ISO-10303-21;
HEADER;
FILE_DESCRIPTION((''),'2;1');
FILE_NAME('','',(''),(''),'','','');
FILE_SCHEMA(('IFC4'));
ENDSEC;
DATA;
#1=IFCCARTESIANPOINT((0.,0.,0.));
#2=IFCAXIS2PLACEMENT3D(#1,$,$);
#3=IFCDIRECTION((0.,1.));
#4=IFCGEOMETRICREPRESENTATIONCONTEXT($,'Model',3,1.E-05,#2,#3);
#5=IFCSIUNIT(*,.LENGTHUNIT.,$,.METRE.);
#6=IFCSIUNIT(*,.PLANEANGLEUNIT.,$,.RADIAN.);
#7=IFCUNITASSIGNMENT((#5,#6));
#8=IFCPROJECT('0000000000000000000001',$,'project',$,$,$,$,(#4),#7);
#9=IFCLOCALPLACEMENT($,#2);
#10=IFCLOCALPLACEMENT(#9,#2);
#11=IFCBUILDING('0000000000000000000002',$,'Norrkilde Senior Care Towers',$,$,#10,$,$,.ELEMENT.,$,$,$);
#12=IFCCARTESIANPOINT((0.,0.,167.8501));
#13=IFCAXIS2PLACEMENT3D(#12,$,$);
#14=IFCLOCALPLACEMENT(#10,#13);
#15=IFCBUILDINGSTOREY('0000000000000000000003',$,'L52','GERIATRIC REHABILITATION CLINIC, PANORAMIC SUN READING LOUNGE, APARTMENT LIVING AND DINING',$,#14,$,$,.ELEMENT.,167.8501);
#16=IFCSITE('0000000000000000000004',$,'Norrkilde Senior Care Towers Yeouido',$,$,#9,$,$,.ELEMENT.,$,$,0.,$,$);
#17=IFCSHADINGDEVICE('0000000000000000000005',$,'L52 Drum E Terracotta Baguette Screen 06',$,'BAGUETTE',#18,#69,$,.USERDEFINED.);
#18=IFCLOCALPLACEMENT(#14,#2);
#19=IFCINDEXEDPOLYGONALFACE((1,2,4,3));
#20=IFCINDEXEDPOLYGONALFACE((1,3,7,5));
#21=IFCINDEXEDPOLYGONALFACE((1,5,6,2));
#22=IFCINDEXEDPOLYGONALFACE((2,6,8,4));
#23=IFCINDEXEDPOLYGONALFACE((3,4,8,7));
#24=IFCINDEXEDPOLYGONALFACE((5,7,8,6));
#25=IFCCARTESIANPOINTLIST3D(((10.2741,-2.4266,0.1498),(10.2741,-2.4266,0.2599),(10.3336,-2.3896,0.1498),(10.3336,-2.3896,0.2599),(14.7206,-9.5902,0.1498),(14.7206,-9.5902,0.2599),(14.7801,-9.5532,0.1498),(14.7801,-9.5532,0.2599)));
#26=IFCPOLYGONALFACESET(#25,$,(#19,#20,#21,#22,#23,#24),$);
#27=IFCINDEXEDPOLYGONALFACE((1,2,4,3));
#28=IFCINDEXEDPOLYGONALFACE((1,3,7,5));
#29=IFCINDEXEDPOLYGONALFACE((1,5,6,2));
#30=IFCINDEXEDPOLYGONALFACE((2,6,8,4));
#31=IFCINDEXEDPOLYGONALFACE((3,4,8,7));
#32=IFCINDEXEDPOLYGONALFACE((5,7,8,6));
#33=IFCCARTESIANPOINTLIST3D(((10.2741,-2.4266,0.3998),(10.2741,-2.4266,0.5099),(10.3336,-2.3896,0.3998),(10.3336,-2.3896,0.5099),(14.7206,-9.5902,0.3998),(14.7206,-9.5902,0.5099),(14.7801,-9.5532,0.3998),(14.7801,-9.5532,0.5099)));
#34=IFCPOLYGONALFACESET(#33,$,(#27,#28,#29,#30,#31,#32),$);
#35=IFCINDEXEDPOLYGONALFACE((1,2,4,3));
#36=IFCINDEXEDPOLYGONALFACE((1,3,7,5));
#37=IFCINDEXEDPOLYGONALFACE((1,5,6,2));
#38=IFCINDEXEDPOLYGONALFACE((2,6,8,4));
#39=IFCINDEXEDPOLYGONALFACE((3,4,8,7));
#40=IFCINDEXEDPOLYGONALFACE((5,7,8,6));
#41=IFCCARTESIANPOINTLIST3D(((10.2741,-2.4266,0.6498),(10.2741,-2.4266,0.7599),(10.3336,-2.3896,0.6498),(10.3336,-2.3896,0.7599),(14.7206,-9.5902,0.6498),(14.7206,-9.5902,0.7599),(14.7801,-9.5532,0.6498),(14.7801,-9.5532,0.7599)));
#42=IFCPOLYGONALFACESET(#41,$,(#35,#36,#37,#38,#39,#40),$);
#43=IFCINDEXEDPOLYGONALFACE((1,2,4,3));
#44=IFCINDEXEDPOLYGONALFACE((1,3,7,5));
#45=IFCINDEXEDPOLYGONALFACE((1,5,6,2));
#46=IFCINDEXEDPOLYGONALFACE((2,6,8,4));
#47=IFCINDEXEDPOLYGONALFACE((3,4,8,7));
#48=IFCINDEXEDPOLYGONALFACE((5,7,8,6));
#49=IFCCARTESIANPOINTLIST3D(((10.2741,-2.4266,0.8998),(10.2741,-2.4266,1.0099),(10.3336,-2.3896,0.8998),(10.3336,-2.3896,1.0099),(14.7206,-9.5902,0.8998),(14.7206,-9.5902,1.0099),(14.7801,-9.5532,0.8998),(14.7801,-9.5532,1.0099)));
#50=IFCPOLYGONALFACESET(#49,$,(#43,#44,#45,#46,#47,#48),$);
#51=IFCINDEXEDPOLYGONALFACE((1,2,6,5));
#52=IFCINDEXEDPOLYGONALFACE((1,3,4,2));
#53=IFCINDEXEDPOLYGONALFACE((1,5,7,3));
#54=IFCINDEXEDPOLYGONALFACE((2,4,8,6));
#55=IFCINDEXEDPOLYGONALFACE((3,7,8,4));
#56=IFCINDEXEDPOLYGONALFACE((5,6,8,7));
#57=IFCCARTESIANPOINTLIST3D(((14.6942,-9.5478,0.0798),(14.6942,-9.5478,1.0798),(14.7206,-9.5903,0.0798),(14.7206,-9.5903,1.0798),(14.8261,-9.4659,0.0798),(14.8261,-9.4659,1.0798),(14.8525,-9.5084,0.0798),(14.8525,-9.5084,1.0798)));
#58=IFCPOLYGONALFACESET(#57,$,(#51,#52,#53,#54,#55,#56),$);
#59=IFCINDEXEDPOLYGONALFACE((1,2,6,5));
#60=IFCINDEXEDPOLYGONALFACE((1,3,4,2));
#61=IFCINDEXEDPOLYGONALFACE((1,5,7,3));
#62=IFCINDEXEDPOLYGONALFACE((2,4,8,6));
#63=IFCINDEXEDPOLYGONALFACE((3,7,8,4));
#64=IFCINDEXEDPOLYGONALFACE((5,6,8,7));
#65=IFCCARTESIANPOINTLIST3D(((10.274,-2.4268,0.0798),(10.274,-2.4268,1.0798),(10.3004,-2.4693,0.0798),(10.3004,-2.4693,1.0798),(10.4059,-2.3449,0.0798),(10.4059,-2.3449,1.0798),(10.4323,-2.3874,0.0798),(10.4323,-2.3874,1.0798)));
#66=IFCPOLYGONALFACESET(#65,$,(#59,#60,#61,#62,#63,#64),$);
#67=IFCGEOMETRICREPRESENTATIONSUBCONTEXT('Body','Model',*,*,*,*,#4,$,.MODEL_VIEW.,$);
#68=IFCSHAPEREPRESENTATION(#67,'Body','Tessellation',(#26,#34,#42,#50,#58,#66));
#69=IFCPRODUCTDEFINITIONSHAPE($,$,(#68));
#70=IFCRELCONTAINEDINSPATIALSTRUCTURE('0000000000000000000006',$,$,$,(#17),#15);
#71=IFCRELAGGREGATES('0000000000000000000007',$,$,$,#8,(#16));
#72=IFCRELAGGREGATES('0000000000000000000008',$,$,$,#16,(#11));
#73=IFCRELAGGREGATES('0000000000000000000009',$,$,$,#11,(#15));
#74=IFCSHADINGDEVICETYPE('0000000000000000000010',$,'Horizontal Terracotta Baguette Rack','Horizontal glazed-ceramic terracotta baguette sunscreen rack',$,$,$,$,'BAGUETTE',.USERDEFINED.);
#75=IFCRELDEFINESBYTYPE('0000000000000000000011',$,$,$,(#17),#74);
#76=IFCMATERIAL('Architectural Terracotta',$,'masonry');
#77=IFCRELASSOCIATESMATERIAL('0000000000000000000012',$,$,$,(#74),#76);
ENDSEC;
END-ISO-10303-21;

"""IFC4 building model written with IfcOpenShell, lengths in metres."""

from ifc_helpers import new_model, si_unit, direction, frame, origin, origin_2d, place, context, subcontext, project, spatial, rectangle, extrude, source, transform, mapped, material, type_object, type_shapes, element, save


model = new_model("IFC4")

# Units and contexts
model_context = context("Model", 3, precision=1e-05, world=origin(), true_north=direction((0.0, 1.0)))
body_context = subcontext(model_context, "Body", "Model", "MODEL_VIEW")
ifc_project = project(units=[si_unit("LENGTHUNIT", "METRE"), si_unit("PLANEANGLEUNIT", "RADIAN")], contexts=[model_context])

# Site, building, storey
site_placement = place(None, origin())
site = spatial("IfcSite", under=ifc_project, at=site_placement, Name="Norrkilde Senior Care Towers Yeouido", CompositionType="ELEMENT", RefElevation=0.0)
building_placement = place(site_placement, origin())
building = spatial("IfcBuilding", under=site, at=building_placement, Name="Norrkilde Senior Care Towers", CompositionType="ELEMENT")
storey_placement = place(building_placement, frame((0.0, 0.0, 167.8501)))
storey = spatial("IfcBuildingStorey", under=building, at=storey_placement, Name="L52", Description="GERIATRIC REHABILITATION CLINIC, PANORAMIC SUN READING LOUNGE, APARTMENT LIVING AND DINING", CompositionType="ELEMENT", Elevation=167.8501)

# Shading device
ifc_material_1 = material(Name="Architectural Terracotta", Category="masonry")
shading_device_type = type_object("IfcShadingDeviceType", Name="Horizontal Terracotta Baguette Rack", Description="Horizontal glazed-ceramic terracotta baguette sunscreen rack", ElementType="BAGUETTE", PredefinedType="USERDEFINED", material=ifc_material_1)
shared_shape_1 = source(origin(), body_context, "Body", "SweptSolid", [
    extrude(rectangle(XDim=0.0701, YDim=0.1101, at=origin_2d()), frame((0.0, 0.0901, 0.125), z_axis=(1.0, 0.0, 0.0), x_axis=(0.0, 1.0, 0.0)), (0.0, 0.0, 1.0), 8.4314),
    extrude(rectangle(XDim=0.0701, YDim=0.1101, at=origin_2d()), frame((0.0, 0.0901, 0.375), z_axis=(1.0, 0.0, 0.0), x_axis=(0.0, 1.0, 0.0)), (0.0, 0.0, 1.0), 8.4314),
    extrude(rectangle(XDim=0.0701, YDim=0.1101, at=origin_2d()), frame((0.0, 0.0901, 0.625), z_axis=(1.0, 0.0, 0.0), x_axis=(0.0, 1.0, 0.0)), (0.0, 0.0, 1.0), 8.4314),
    extrude(rectangle(XDim=0.0701, YDim=0.1101, at=origin_2d()), frame((0.0, 0.0901, 0.875), z_axis=(1.0, 0.0, 0.0), x_axis=(0.0, 1.0, 0.0)), (0.0, 0.0, 1.0), 8.4314),
    extrude(rectangle(XDim=0.05, YDim=0.1553, at=origin_2d()), frame((0.0249, 0.0476, 0.0)), (0.0, 0.0, 1.0), 1.0),
    extrude(rectangle(XDim=0.05, YDim=0.1553, at=origin_2d()), frame((8.4062, 0.0476, 0.0)), (0.0, 0.0, 1.0), 1.0),
])
type_shapes(shading_device_type, [shared_shape_1])
shading_device_placement = place(storey_placement, frame((14.8269, -9.5242, 0.0798), z_axis=(0.0, 0.0, 1.0), x_axis=(-0.527378, 0.849631, 0.0)))
element("IfcShadingDevice", 1, at=shading_device_placement, inside=storey, type_object=shading_device_type, Name="L52 Drum E Terracotta Baguette Screen 06", ObjectType="BAGUETTE", PredefinedType="USERDEFINED", context=body_context, shape_type="MappedRepresentation", body=[
    mapped(shared_shape_1, transform((0.0, 0.0, 0.0), x_axis=(1.0, 0.0, 0.0), y_axis=(0.0, 1.0, 0.0), z_axis=(0.0, 0.0, 1.0), scale=1.0)),
])

save(model, "model.ifc")
